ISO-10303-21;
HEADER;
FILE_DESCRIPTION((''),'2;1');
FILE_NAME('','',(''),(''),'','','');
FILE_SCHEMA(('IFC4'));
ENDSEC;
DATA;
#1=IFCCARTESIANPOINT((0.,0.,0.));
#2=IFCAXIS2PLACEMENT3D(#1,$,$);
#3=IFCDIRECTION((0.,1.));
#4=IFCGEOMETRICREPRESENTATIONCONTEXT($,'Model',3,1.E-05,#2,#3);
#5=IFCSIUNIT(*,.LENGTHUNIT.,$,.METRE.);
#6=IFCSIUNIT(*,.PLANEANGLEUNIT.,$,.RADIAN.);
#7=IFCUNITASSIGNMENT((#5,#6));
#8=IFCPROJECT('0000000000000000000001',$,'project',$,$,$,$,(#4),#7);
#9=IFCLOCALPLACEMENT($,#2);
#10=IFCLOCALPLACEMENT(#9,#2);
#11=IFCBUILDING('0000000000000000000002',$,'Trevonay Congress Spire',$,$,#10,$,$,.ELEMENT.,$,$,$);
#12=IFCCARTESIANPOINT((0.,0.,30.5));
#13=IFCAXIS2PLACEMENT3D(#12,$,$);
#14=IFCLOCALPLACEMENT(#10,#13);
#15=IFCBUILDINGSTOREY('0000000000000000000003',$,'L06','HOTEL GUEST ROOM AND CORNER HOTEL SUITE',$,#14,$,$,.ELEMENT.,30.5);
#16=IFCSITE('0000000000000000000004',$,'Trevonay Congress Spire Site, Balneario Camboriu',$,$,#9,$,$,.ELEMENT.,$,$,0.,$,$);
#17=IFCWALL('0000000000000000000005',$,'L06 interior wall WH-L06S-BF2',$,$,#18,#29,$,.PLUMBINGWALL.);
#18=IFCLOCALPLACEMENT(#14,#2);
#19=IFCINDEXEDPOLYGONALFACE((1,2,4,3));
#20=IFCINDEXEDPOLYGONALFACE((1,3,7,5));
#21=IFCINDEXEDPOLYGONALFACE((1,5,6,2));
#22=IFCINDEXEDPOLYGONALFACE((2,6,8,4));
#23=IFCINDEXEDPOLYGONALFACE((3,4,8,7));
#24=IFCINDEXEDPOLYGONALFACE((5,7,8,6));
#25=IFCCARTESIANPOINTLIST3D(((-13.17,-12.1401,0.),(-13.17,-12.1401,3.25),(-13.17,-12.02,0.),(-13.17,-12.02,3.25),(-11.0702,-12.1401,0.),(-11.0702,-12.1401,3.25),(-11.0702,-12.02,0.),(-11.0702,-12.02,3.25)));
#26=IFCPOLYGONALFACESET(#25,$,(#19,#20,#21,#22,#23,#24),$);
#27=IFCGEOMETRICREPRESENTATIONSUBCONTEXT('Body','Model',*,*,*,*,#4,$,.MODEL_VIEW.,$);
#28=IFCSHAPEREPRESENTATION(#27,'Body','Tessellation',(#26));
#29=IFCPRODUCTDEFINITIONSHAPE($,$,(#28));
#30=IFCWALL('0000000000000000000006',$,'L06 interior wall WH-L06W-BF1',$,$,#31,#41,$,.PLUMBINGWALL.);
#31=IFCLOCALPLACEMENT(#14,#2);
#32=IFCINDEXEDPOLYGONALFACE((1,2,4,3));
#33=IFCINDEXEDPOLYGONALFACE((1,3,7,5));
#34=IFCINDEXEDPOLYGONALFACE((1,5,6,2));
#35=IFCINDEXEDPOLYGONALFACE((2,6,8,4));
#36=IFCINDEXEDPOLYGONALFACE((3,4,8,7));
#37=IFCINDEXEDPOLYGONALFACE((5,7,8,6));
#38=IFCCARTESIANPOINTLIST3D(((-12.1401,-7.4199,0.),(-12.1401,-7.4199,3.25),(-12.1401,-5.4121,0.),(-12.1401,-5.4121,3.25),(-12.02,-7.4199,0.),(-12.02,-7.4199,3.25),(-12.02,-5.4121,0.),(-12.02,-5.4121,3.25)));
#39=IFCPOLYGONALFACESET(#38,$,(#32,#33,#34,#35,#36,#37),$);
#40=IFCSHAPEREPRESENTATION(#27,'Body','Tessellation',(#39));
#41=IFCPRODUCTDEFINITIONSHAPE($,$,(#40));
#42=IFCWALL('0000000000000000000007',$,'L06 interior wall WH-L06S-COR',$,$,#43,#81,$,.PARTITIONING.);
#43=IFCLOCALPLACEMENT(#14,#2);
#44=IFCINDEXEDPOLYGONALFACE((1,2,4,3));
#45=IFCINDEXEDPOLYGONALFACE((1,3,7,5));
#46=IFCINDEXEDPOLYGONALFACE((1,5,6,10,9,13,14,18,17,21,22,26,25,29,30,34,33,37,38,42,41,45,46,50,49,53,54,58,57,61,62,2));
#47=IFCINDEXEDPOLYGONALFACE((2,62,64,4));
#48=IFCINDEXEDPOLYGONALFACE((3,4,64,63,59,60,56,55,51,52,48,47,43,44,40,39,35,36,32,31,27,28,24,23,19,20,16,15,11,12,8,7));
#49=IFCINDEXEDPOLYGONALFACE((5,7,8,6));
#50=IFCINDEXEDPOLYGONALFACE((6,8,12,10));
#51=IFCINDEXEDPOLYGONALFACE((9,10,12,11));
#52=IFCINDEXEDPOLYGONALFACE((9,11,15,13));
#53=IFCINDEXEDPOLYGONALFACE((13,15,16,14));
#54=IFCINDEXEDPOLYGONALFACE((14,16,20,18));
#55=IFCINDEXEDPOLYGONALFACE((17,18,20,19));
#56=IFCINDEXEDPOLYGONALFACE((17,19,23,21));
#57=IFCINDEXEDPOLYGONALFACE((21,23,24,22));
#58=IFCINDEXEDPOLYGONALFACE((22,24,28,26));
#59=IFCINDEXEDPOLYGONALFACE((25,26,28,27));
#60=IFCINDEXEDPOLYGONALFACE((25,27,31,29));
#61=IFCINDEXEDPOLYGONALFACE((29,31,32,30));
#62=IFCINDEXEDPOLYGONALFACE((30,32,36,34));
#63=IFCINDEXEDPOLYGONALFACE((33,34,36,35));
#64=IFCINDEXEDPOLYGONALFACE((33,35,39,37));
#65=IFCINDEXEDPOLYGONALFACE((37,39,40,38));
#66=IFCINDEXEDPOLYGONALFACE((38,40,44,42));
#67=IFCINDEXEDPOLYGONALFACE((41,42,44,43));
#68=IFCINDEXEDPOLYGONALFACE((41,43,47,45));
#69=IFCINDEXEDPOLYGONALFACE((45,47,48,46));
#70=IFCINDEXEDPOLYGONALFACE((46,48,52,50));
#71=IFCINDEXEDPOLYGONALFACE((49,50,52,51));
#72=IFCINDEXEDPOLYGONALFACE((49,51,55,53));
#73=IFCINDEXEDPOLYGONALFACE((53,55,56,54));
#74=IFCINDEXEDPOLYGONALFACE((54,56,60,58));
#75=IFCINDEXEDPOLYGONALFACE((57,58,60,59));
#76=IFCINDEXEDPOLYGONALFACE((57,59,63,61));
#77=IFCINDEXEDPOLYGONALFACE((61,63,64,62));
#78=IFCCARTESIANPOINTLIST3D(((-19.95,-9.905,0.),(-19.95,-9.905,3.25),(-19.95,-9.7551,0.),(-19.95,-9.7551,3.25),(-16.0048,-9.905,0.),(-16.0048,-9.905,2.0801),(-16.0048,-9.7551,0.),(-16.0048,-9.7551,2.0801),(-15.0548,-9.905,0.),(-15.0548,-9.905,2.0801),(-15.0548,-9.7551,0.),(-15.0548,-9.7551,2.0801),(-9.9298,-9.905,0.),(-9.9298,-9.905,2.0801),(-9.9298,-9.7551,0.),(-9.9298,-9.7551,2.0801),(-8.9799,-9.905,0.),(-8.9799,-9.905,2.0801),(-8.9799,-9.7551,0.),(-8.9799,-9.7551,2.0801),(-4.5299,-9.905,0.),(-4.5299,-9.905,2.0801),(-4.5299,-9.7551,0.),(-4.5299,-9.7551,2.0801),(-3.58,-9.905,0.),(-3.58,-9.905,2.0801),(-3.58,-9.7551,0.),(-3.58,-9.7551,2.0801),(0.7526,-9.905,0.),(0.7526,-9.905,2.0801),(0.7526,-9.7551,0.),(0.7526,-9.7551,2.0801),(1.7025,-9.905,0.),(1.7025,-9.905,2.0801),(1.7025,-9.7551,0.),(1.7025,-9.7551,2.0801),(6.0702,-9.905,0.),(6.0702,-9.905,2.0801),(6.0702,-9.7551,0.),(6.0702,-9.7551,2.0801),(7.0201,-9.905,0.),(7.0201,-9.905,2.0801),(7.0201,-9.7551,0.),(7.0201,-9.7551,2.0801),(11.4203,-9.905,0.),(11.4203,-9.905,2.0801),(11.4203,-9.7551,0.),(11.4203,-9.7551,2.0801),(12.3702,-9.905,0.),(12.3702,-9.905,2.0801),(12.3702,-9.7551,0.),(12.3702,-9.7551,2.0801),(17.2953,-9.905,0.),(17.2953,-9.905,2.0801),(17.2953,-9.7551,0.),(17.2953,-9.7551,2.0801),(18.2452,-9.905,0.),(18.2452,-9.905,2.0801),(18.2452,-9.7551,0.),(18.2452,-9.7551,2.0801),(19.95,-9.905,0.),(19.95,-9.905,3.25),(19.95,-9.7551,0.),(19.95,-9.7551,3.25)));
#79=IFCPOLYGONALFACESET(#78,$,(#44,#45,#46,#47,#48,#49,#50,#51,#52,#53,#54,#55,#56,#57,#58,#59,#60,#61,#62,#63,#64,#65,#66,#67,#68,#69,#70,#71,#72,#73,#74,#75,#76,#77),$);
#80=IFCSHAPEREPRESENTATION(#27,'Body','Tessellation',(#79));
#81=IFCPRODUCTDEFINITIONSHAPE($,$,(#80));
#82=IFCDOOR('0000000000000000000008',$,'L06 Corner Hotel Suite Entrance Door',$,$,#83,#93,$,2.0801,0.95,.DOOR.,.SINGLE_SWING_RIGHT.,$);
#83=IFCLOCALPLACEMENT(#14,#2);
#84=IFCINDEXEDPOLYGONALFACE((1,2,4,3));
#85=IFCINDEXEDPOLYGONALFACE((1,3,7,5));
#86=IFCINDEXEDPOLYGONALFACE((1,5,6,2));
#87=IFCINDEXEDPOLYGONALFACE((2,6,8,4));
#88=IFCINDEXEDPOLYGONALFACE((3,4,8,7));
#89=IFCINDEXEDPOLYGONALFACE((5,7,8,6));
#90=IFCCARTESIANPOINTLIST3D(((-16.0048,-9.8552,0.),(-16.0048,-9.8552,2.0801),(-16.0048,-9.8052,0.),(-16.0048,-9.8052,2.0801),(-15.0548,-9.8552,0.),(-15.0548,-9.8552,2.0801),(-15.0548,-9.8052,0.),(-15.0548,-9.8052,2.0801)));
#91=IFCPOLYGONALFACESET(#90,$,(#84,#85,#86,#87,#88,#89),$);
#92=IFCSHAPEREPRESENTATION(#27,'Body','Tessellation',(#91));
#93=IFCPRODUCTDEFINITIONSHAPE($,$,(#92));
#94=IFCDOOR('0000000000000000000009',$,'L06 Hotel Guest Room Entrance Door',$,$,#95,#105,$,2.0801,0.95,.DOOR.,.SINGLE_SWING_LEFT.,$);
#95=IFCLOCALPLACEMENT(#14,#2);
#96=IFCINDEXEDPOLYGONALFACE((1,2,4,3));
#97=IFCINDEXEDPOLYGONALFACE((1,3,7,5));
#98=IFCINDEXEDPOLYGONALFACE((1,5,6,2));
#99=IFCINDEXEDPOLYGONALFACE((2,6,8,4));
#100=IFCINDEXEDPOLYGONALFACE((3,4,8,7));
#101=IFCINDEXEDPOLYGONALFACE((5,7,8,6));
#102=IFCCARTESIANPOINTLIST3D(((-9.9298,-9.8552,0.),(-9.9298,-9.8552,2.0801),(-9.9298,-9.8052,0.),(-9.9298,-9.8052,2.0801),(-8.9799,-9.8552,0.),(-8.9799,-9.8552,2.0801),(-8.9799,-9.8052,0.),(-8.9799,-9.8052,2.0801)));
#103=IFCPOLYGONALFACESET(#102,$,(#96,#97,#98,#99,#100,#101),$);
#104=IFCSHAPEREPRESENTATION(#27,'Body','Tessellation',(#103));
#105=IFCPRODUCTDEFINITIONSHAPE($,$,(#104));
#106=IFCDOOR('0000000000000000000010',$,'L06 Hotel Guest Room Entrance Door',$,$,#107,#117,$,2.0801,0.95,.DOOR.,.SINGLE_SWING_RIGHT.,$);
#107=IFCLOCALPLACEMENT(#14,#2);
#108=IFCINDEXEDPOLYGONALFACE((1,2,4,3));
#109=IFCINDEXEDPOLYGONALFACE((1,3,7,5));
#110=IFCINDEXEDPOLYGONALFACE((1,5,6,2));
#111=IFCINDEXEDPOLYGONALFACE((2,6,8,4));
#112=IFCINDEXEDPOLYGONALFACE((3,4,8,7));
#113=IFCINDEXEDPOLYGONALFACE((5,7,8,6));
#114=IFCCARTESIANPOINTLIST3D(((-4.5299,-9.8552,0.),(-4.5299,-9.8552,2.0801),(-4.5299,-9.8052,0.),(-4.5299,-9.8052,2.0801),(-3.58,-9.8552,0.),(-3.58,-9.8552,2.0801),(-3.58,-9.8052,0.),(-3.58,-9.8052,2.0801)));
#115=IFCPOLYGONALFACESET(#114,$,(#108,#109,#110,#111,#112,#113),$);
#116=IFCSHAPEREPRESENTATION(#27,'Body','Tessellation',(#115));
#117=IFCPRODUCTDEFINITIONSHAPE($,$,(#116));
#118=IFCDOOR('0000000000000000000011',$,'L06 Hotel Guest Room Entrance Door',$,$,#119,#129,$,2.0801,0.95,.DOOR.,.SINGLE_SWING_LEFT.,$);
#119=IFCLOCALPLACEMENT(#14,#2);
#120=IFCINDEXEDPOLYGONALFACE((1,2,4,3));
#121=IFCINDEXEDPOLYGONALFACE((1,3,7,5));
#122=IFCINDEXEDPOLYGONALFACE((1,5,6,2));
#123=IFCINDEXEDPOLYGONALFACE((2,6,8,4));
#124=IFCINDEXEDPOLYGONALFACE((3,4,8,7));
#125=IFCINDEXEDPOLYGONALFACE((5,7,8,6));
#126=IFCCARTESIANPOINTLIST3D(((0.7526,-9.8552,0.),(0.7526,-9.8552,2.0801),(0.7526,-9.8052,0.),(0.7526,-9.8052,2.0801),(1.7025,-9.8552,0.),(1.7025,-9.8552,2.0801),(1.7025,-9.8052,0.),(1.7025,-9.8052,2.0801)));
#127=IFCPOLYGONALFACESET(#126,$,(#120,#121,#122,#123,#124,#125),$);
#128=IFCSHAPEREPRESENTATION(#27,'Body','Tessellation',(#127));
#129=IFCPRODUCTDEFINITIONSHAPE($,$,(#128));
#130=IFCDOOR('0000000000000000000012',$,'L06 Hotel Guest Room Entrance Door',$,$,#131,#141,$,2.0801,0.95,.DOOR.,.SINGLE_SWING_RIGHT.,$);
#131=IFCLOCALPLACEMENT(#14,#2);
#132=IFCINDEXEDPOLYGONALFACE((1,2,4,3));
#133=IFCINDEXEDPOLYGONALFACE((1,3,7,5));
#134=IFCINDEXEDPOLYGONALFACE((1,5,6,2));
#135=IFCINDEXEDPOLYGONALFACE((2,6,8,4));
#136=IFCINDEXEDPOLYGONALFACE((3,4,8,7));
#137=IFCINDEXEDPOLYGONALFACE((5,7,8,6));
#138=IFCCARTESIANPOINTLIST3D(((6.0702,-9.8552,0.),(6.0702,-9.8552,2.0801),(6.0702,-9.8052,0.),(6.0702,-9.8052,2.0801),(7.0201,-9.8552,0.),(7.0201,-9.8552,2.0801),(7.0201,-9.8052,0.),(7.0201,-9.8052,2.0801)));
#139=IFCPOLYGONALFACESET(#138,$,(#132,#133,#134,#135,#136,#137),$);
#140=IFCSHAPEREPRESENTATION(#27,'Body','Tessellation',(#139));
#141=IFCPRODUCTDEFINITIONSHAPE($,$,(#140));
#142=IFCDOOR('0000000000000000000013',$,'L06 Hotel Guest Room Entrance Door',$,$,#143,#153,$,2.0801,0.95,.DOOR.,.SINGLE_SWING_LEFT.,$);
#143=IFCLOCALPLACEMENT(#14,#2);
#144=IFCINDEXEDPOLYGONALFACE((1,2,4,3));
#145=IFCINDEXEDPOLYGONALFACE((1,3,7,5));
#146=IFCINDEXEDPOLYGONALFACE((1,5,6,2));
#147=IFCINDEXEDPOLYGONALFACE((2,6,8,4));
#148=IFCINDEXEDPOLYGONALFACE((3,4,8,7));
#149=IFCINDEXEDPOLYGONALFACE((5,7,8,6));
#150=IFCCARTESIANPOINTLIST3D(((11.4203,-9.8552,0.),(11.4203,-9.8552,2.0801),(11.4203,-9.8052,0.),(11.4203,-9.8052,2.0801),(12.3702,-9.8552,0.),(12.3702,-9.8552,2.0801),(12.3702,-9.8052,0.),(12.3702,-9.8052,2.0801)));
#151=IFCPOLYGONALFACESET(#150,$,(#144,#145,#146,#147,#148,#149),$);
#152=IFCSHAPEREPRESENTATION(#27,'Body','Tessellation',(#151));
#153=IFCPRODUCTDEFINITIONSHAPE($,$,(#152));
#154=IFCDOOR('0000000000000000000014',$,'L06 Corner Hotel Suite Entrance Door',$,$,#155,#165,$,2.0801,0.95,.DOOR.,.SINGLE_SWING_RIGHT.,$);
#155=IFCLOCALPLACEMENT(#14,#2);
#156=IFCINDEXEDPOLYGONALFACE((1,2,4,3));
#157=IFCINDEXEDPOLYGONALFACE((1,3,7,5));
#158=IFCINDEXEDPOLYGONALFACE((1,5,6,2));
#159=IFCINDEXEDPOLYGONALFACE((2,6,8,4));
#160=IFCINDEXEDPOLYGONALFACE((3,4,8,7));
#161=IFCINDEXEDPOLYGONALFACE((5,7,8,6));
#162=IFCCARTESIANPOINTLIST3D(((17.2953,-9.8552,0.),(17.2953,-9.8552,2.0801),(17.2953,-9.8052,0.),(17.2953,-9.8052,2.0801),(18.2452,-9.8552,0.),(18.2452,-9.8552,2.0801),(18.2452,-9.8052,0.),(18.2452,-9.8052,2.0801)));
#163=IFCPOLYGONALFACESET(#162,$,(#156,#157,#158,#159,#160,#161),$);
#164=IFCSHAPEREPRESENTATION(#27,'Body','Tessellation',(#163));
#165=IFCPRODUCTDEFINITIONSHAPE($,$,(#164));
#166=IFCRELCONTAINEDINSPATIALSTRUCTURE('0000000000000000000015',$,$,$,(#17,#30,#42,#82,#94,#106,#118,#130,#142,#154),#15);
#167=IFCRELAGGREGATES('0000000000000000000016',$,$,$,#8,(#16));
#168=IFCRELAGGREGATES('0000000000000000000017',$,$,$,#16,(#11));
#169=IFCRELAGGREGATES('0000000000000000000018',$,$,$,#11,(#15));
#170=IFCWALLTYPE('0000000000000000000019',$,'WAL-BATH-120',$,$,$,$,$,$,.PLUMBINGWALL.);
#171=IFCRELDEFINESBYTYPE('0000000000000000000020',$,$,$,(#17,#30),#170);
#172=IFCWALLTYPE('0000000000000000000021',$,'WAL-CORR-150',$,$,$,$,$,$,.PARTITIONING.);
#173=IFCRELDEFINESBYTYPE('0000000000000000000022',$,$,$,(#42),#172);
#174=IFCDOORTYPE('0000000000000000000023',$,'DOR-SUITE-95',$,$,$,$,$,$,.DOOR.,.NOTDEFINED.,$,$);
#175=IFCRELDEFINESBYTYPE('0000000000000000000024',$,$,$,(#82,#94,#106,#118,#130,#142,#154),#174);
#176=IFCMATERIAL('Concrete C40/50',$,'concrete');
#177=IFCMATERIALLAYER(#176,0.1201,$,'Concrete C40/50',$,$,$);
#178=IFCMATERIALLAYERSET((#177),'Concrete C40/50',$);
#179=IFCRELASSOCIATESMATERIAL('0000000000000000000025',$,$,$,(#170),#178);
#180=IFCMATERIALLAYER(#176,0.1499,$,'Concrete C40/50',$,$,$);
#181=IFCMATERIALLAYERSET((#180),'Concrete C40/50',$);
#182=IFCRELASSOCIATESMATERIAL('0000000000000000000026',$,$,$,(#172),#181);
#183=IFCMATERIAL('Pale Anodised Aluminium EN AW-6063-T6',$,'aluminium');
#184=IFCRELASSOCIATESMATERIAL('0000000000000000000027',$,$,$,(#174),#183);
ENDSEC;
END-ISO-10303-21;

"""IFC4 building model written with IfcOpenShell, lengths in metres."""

from ifc_helpers import new_model, si_unit, direction, frame, frame_2d, origin, place, context, subcontext, project, spatial, rectangle, extrude, material, layer, layer_set, type_object, element, fill, save


model = new_model("IFC4")

# Units and contexts
model_context = context("Model", 3, precision=1e-05, world=origin(), true_north=direction((0.0, 1.0)))
body_context = subcontext(model_context, "Body", "Model", "MODEL_VIEW")
ifc_project = project(units=[si_unit("LENGTHUNIT", "METRE"), si_unit("PLANEANGLEUNIT", "RADIAN")], contexts=[model_context])

# Site, building, storey
site_placement = place(None, origin())
site = spatial("IfcSite", under=ifc_project, at=site_placement, Name="Trevonay Congress Spire Site, Balneario Camboriu", CompositionType="ELEMENT", RefElevation=0.0)
building_placement = place(site_placement, origin())
building = spatial("IfcBuilding", under=site, at=building_placement, Name="Trevonay Congress Spire", CompositionType="ELEMENT")
storey_placement = place(building_placement, frame((0.0, 0.0, 30.5)))
storey = spatial("IfcBuildingStorey", under=building, at=storey_placement, Name="L06", Description="HOTEL GUEST ROOM AND CORNER HOTEL SUITE", CompositionType="ELEMENT", Elevation=30.5)

# Shared definitions
ifc_material_1 = material(Name="Pale Anodised Aluminium EN AW-6063-T6", Category="aluminium")

# Shared definitions
ifc_material_2 = material(Name="Concrete C40/50", Category="concrete")
ifc_layer_1 = layer(ifc_material_2, 0.1201, Name="Concrete C40/50")
ifc_layer_set_1 = layer_set([ifc_layer_1], Name="Concrete C40/50")
wall_type_1 = type_object("IfcWallType", Name="WAL-BATH-120", PredefinedType="PLUMBINGWALL", material=ifc_layer_set_1)

# Walls
for number, where, z_axis, x_axis, name in (
    (1, (-13.1699, -12.0801, 0.0), (0.0, 0.0, 1.0), (1.0, 0.0, 0.0), "L06 interior wall WH-L06S-BF2"),
):
    element("IfcWall", number, at=place(storey_placement, frame(where, z_axis=z_axis, x_axis=x_axis)), inside=storey, type_object=wall_type_1, Name=name, PredefinedType="PLUMBINGWALL", context=body_context, shape_type="SweptSolid", body=[
        extrude(rectangle(XDim=2.0999, YDim=0.1201, at=frame_2d((1.0498, 0.0))), origin(), (0.0, 0.0, 1.0), 3.25),
    ])
wall_1_placement = place(storey_placement, frame((-12.0801, -7.4199, 0.0), z_axis=(0.0, 0.0, 1.0), x_axis=(0.0, 1.0, 0.0)))
element("IfcWall", 2, at=wall_1_placement, inside=storey, type_object=wall_type_1, Name="L06 interior wall WH-L06W-BF1", PredefinedType="PLUMBINGWALL", context=body_context, shape_type="SweptSolid", body=[
    extrude(rectangle(XDim=2.0078, YDim=0.1201, at=frame_2d((1.0039, 0.0))), origin(), (0.0, 0.0, 1.0), 3.25),
])

# Wall, openings, doors
ifc_layer_2 = layer(ifc_material_2, 0.1499, Name="Concrete C40/50")
ifc_layer_set_2 = layer_set([ifc_layer_2], Name="Concrete C40/50")
wall_type_2 = type_object("IfcWallType", Name="WAL-CORR-150", PredefinedType="PARTITIONING", material=ifc_layer_set_2)
wall_2_placement = place(storey_placement, frame((-19.95, -9.8301, 0.0), z_axis=(0.0, 0.0, 1.0), x_axis=(1.0, 0.0, 0.0)))
wall_2 = element("IfcWall", 3, at=wall_2_placement, inside=storey, type_object=wall_type_2, Name="L06 interior wall WH-L06S-COR", PredefinedType="PARTITIONING", context=body_context, shape_type="SweptSolid", body=[
    extrude(rectangle(XDim=39.8999, YDim=0.1499, at=frame_2d((19.95, 0.0))), origin(), (0.0, 0.0, 1.0), 3.25),
])
opening_1_placement = place(wall_2_placement, frame((3.9451, 0.0, 0.0)))
opening_1 = element("IfcOpeningElement", 4, at=opening_1_placement, cuts=wall_2, PredefinedType="OPENING", context=body_context, shape_type="SweptSolid", body=[
    extrude(rectangle(XDim=0.95, YDim=2.0801, at=frame_2d((0.4751, 1.04))), frame((0.0, 0.085, 0.0), z_axis=(0.0, -1.0, 0.0), x_axis=(1.0, 0.0, 0.0)), (0.0, 0.0, 1.0), 0.1699),
])
opening_2_placement = place(wall_2_placement, frame((10.02, 0.0, 0.0)))
opening_2 = element("IfcOpeningElement", 5, at=opening_2_placement, cuts=wall_2, PredefinedType="OPENING", context=body_context, shape_type="SweptSolid", body=[
    extrude(rectangle(XDim=0.95, YDim=2.0801, at=frame_2d((0.4751, 1.04))), frame((0.0, 0.085, 0.0), z_axis=(0.0, -1.0, 0.0), x_axis=(1.0, 0.0, 0.0)), (0.0, 0.0, 1.0), 0.1699),
])
opening_3_placement = place(wall_2_placement, frame((15.4199, 0.0, 0.0)))
opening_3 = element("IfcOpeningElement", 6, at=opening_3_placement, cuts=wall_2, PredefinedType="OPENING", context=body_context, shape_type="SweptSolid", body=[
    extrude(rectangle(XDim=0.95, YDim=2.0801, at=frame_2d((0.4751, 1.04))), frame((0.0, 0.085, 0.0), z_axis=(0.0, -1.0, 0.0), x_axis=(1.0, 0.0, 0.0)), (0.0, 0.0, 1.0), 0.1699),
])
opening_4_placement = place(wall_2_placement, frame((20.7024, 0.0, 0.0)))
opening_4 = element("IfcOpeningElement", 7, at=opening_4_placement, cuts=wall_2, PredefinedType="OPENING", context=body_context, shape_type="SweptSolid", body=[
    extrude(rectangle(XDim=0.95, YDim=2.0801, at=frame_2d((0.4751, 1.04))), frame((0.0, 0.085, 0.0), z_axis=(0.0, -1.0, 0.0), x_axis=(1.0, 0.0, 0.0)), (0.0, 0.0, 1.0), 0.1699),
])
opening_5_placement = place(wall_2_placement, frame((26.02, 0.0, 0.0)))
opening_5 = element("IfcOpeningElement", 8, at=opening_5_placement, cuts=wall_2, PredefinedType="OPENING", context=body_context, shape_type="SweptSolid", body=[
    extrude(rectangle(XDim=0.95, YDim=2.0801, at=frame_2d((0.4751, 1.04))), frame((0.0, 0.085, 0.0), z_axis=(0.0, -1.0, 0.0), x_axis=(1.0, 0.0, 0.0)), (0.0, 0.0, 1.0), 0.1699),
])
opening_6_placement = place(wall_2_placement, frame((31.3701, 0.0, 0.0)))
opening_6 = element("IfcOpeningElement", 9, at=opening_6_placement, cuts=wall_2, PredefinedType="OPENING", context=body_context, shape_type="SweptSolid", body=[
    extrude(rectangle(XDim=0.95, YDim=2.0801, at=frame_2d((0.4751, 1.04))), frame((0.0, 0.085, 0.0), z_axis=(0.0, -1.0, 0.0), x_axis=(1.0, 0.0, 0.0)), (0.0, 0.0, 1.0), 0.1699),
])
opening_7_placement = place(wall_2_placement, frame((37.2451, 0.0, 0.0)))
opening_7 = element("IfcOpeningElement", 10, at=opening_7_placement, cuts=wall_2, PredefinedType="OPENING", context=body_context, shape_type="SweptSolid", body=[
    extrude(rectangle(XDim=0.95, YDim=2.0801, at=frame_2d((0.4751, 1.04))), frame((0.0, 0.085, 0.0), z_axis=(0.0, -1.0, 0.0), x_axis=(1.0, 0.0, 0.0)), (0.0, 0.0, 1.0), 0.1699),
])
door_type_1 = type_object("IfcDoorType", Name="DOR-SUITE-95", OperationType="NOTDEFINED", PredefinedType="DOOR", material=ifc_material_1)
door_1_placement = place(opening_1_placement, origin())
door_1 = element("IfcDoor", 11, at=door_1_placement, inside=storey, type_object=door_type_1, Name="L06 Corner Hotel Suite Entrance Door", OperationType="SINGLE_SWING_RIGHT", OverallHeight=2.0801, OverallWidth=0.95, PredefinedType="DOOR", context=body_context, shape_type="SweptSolid", body=[
    extrude(rectangle(XDim=0.95, YDim=2.0801, at=frame_2d((0.4751, 1.04))), frame((0.0, 0.0249, 0.0), z_axis=(0.0, -1.0, 0.0), x_axis=(1.0, 0.0, 0.0)), (0.0, 0.0, 1.0), 0.05),
])
fill(opening_1, door_1)
door_2_placement = place(opening_2_placement, origin())
door_2 = element("IfcDoor", 12, at=door_2_placement, inside=storey, type_object=door_type_1, Name="L06 Hotel Guest Room Entrance Door", OperationType="SINGLE_SWING_LEFT", OverallHeight=2.0801, OverallWidth=0.95, PredefinedType="DOOR", context=body_context, shape_type="SweptSolid", body=[
    extrude(rectangle(XDim=0.95, YDim=2.0801, at=frame_2d((0.4751, 1.04))), frame((0.0, 0.0249, 0.0), z_axis=(0.0, -1.0, 0.0), x_axis=(1.0, 0.0, 0.0)), (0.0, 0.0, 1.0), 0.05),
])
fill(opening_2, door_2)
door_3_placement = place(opening_3_placement, origin())
door_3 = element("IfcDoor", 13, at=door_3_placement, inside=storey, type_object=door_type_1, Name="L06 Hotel Guest Room Entrance Door", OperationType="SINGLE_SWING_RIGHT", OverallHeight=2.0801, OverallWidth=0.95, PredefinedType="DOOR", context=body_context, shape_type="SweptSolid", body=[
    extrude(rectangle(XDim=0.95, YDim=2.0801, at=frame_2d((0.4751, 1.04))), frame((0.0, 0.0249, 0.0), z_axis=(0.0, -1.0, 0.0), x_axis=(1.0, 0.0, 0.0)), (0.0, 0.0, 1.0), 0.05),
])
fill(opening_3, door_3)
door_4_placement = place(opening_4_placement, origin())
door_4 = element("IfcDoor", 14, at=door_4_placement, inside=storey, type_object=door_type_1, Name="L06 Hotel Guest Room Entrance Door", OperationType="SINGLE_SWING_LEFT", OverallHeight=2.0801, OverallWidth=0.95, PredefinedType="DOOR", context=body_context, shape_type="SweptSolid", body=[
    extrude(rectangle(XDim=0.95, YDim=2.0801, at=frame_2d((0.4751, 1.04))), frame((0.0, 0.0249, 0.0), z_axis=(0.0, -1.0, 0.0), x_axis=(1.0, 0.0, 0.0)), (0.0, 0.0, 1.0), 0.05),
])
fill(opening_4, door_4)
door_5_placement = place(opening_5_placement, origin())
door_5 = element("IfcDoor", 15, at=door_5_placement, inside=storey, type_object=door_type_1, Name="L06 Hotel Guest Room Entrance Door", OperationType="SINGLE_SWING_RIGHT", OverallHeight=2.0801, OverallWidth=0.95, PredefinedType="DOOR", context=body_context, shape_type="SweptSolid", body=[
    extrude(rectangle(XDim=0.95, YDim=2.0801, at=frame_2d((0.4751, 1.04))), frame((0.0, 0.0249, 0.0), z_axis=(0.0, -1.0, 0.0), x_axis=(1.0, 0.0, 0.0)), (0.0, 0.0, 1.0), 0.05),
])
fill(opening_5, door_5)
door_6_placement = place(opening_6_placement, origin())
door_6 = element("IfcDoor", 16, at=door_6_placement, inside=storey, type_object=door_type_1, Name="L06 Hotel Guest Room Entrance Door", OperationType="SINGLE_SWING_LEFT", OverallHeight=2.0801, OverallWidth=0.95, PredefinedType="DOOR", context=body_context, shape_type="SweptSolid", body=[
    extrude(rectangle(XDim=0.95, YDim=2.0801, at=frame_2d((0.4751, 1.04))), frame((0.0, 0.0249, 0.0), z_axis=(0.0, -1.0, 0.0), x_axis=(1.0, 0.0, 0.0)), (0.0, 0.0, 1.0), 0.05),
])
fill(opening_6, door_6)
door_7_placement = place(opening_7_placement, origin())
door_7 = element("IfcDoor", 17, at=door_7_placement, inside=storey, type_object=door_type_1, Name="L06 Corner Hotel Suite Entrance Door", OperationType="SINGLE_SWING_RIGHT", OverallHeight=2.0801, OverallWidth=0.95, PredefinedType="DOOR", context=body_context, shape_type="SweptSolid", body=[
    extrude(rectangle(XDim=0.95, YDim=2.0801, at=frame_2d((0.4751, 1.04))), frame((0.0, 0.0249, 0.0), z_axis=(0.0, -1.0, 0.0), x_axis=(1.0, 0.0, 0.0)), (0.0, 0.0, 1.0), 0.05),
])
fill(opening_7, door_7)

save(model, "model.ifc")
